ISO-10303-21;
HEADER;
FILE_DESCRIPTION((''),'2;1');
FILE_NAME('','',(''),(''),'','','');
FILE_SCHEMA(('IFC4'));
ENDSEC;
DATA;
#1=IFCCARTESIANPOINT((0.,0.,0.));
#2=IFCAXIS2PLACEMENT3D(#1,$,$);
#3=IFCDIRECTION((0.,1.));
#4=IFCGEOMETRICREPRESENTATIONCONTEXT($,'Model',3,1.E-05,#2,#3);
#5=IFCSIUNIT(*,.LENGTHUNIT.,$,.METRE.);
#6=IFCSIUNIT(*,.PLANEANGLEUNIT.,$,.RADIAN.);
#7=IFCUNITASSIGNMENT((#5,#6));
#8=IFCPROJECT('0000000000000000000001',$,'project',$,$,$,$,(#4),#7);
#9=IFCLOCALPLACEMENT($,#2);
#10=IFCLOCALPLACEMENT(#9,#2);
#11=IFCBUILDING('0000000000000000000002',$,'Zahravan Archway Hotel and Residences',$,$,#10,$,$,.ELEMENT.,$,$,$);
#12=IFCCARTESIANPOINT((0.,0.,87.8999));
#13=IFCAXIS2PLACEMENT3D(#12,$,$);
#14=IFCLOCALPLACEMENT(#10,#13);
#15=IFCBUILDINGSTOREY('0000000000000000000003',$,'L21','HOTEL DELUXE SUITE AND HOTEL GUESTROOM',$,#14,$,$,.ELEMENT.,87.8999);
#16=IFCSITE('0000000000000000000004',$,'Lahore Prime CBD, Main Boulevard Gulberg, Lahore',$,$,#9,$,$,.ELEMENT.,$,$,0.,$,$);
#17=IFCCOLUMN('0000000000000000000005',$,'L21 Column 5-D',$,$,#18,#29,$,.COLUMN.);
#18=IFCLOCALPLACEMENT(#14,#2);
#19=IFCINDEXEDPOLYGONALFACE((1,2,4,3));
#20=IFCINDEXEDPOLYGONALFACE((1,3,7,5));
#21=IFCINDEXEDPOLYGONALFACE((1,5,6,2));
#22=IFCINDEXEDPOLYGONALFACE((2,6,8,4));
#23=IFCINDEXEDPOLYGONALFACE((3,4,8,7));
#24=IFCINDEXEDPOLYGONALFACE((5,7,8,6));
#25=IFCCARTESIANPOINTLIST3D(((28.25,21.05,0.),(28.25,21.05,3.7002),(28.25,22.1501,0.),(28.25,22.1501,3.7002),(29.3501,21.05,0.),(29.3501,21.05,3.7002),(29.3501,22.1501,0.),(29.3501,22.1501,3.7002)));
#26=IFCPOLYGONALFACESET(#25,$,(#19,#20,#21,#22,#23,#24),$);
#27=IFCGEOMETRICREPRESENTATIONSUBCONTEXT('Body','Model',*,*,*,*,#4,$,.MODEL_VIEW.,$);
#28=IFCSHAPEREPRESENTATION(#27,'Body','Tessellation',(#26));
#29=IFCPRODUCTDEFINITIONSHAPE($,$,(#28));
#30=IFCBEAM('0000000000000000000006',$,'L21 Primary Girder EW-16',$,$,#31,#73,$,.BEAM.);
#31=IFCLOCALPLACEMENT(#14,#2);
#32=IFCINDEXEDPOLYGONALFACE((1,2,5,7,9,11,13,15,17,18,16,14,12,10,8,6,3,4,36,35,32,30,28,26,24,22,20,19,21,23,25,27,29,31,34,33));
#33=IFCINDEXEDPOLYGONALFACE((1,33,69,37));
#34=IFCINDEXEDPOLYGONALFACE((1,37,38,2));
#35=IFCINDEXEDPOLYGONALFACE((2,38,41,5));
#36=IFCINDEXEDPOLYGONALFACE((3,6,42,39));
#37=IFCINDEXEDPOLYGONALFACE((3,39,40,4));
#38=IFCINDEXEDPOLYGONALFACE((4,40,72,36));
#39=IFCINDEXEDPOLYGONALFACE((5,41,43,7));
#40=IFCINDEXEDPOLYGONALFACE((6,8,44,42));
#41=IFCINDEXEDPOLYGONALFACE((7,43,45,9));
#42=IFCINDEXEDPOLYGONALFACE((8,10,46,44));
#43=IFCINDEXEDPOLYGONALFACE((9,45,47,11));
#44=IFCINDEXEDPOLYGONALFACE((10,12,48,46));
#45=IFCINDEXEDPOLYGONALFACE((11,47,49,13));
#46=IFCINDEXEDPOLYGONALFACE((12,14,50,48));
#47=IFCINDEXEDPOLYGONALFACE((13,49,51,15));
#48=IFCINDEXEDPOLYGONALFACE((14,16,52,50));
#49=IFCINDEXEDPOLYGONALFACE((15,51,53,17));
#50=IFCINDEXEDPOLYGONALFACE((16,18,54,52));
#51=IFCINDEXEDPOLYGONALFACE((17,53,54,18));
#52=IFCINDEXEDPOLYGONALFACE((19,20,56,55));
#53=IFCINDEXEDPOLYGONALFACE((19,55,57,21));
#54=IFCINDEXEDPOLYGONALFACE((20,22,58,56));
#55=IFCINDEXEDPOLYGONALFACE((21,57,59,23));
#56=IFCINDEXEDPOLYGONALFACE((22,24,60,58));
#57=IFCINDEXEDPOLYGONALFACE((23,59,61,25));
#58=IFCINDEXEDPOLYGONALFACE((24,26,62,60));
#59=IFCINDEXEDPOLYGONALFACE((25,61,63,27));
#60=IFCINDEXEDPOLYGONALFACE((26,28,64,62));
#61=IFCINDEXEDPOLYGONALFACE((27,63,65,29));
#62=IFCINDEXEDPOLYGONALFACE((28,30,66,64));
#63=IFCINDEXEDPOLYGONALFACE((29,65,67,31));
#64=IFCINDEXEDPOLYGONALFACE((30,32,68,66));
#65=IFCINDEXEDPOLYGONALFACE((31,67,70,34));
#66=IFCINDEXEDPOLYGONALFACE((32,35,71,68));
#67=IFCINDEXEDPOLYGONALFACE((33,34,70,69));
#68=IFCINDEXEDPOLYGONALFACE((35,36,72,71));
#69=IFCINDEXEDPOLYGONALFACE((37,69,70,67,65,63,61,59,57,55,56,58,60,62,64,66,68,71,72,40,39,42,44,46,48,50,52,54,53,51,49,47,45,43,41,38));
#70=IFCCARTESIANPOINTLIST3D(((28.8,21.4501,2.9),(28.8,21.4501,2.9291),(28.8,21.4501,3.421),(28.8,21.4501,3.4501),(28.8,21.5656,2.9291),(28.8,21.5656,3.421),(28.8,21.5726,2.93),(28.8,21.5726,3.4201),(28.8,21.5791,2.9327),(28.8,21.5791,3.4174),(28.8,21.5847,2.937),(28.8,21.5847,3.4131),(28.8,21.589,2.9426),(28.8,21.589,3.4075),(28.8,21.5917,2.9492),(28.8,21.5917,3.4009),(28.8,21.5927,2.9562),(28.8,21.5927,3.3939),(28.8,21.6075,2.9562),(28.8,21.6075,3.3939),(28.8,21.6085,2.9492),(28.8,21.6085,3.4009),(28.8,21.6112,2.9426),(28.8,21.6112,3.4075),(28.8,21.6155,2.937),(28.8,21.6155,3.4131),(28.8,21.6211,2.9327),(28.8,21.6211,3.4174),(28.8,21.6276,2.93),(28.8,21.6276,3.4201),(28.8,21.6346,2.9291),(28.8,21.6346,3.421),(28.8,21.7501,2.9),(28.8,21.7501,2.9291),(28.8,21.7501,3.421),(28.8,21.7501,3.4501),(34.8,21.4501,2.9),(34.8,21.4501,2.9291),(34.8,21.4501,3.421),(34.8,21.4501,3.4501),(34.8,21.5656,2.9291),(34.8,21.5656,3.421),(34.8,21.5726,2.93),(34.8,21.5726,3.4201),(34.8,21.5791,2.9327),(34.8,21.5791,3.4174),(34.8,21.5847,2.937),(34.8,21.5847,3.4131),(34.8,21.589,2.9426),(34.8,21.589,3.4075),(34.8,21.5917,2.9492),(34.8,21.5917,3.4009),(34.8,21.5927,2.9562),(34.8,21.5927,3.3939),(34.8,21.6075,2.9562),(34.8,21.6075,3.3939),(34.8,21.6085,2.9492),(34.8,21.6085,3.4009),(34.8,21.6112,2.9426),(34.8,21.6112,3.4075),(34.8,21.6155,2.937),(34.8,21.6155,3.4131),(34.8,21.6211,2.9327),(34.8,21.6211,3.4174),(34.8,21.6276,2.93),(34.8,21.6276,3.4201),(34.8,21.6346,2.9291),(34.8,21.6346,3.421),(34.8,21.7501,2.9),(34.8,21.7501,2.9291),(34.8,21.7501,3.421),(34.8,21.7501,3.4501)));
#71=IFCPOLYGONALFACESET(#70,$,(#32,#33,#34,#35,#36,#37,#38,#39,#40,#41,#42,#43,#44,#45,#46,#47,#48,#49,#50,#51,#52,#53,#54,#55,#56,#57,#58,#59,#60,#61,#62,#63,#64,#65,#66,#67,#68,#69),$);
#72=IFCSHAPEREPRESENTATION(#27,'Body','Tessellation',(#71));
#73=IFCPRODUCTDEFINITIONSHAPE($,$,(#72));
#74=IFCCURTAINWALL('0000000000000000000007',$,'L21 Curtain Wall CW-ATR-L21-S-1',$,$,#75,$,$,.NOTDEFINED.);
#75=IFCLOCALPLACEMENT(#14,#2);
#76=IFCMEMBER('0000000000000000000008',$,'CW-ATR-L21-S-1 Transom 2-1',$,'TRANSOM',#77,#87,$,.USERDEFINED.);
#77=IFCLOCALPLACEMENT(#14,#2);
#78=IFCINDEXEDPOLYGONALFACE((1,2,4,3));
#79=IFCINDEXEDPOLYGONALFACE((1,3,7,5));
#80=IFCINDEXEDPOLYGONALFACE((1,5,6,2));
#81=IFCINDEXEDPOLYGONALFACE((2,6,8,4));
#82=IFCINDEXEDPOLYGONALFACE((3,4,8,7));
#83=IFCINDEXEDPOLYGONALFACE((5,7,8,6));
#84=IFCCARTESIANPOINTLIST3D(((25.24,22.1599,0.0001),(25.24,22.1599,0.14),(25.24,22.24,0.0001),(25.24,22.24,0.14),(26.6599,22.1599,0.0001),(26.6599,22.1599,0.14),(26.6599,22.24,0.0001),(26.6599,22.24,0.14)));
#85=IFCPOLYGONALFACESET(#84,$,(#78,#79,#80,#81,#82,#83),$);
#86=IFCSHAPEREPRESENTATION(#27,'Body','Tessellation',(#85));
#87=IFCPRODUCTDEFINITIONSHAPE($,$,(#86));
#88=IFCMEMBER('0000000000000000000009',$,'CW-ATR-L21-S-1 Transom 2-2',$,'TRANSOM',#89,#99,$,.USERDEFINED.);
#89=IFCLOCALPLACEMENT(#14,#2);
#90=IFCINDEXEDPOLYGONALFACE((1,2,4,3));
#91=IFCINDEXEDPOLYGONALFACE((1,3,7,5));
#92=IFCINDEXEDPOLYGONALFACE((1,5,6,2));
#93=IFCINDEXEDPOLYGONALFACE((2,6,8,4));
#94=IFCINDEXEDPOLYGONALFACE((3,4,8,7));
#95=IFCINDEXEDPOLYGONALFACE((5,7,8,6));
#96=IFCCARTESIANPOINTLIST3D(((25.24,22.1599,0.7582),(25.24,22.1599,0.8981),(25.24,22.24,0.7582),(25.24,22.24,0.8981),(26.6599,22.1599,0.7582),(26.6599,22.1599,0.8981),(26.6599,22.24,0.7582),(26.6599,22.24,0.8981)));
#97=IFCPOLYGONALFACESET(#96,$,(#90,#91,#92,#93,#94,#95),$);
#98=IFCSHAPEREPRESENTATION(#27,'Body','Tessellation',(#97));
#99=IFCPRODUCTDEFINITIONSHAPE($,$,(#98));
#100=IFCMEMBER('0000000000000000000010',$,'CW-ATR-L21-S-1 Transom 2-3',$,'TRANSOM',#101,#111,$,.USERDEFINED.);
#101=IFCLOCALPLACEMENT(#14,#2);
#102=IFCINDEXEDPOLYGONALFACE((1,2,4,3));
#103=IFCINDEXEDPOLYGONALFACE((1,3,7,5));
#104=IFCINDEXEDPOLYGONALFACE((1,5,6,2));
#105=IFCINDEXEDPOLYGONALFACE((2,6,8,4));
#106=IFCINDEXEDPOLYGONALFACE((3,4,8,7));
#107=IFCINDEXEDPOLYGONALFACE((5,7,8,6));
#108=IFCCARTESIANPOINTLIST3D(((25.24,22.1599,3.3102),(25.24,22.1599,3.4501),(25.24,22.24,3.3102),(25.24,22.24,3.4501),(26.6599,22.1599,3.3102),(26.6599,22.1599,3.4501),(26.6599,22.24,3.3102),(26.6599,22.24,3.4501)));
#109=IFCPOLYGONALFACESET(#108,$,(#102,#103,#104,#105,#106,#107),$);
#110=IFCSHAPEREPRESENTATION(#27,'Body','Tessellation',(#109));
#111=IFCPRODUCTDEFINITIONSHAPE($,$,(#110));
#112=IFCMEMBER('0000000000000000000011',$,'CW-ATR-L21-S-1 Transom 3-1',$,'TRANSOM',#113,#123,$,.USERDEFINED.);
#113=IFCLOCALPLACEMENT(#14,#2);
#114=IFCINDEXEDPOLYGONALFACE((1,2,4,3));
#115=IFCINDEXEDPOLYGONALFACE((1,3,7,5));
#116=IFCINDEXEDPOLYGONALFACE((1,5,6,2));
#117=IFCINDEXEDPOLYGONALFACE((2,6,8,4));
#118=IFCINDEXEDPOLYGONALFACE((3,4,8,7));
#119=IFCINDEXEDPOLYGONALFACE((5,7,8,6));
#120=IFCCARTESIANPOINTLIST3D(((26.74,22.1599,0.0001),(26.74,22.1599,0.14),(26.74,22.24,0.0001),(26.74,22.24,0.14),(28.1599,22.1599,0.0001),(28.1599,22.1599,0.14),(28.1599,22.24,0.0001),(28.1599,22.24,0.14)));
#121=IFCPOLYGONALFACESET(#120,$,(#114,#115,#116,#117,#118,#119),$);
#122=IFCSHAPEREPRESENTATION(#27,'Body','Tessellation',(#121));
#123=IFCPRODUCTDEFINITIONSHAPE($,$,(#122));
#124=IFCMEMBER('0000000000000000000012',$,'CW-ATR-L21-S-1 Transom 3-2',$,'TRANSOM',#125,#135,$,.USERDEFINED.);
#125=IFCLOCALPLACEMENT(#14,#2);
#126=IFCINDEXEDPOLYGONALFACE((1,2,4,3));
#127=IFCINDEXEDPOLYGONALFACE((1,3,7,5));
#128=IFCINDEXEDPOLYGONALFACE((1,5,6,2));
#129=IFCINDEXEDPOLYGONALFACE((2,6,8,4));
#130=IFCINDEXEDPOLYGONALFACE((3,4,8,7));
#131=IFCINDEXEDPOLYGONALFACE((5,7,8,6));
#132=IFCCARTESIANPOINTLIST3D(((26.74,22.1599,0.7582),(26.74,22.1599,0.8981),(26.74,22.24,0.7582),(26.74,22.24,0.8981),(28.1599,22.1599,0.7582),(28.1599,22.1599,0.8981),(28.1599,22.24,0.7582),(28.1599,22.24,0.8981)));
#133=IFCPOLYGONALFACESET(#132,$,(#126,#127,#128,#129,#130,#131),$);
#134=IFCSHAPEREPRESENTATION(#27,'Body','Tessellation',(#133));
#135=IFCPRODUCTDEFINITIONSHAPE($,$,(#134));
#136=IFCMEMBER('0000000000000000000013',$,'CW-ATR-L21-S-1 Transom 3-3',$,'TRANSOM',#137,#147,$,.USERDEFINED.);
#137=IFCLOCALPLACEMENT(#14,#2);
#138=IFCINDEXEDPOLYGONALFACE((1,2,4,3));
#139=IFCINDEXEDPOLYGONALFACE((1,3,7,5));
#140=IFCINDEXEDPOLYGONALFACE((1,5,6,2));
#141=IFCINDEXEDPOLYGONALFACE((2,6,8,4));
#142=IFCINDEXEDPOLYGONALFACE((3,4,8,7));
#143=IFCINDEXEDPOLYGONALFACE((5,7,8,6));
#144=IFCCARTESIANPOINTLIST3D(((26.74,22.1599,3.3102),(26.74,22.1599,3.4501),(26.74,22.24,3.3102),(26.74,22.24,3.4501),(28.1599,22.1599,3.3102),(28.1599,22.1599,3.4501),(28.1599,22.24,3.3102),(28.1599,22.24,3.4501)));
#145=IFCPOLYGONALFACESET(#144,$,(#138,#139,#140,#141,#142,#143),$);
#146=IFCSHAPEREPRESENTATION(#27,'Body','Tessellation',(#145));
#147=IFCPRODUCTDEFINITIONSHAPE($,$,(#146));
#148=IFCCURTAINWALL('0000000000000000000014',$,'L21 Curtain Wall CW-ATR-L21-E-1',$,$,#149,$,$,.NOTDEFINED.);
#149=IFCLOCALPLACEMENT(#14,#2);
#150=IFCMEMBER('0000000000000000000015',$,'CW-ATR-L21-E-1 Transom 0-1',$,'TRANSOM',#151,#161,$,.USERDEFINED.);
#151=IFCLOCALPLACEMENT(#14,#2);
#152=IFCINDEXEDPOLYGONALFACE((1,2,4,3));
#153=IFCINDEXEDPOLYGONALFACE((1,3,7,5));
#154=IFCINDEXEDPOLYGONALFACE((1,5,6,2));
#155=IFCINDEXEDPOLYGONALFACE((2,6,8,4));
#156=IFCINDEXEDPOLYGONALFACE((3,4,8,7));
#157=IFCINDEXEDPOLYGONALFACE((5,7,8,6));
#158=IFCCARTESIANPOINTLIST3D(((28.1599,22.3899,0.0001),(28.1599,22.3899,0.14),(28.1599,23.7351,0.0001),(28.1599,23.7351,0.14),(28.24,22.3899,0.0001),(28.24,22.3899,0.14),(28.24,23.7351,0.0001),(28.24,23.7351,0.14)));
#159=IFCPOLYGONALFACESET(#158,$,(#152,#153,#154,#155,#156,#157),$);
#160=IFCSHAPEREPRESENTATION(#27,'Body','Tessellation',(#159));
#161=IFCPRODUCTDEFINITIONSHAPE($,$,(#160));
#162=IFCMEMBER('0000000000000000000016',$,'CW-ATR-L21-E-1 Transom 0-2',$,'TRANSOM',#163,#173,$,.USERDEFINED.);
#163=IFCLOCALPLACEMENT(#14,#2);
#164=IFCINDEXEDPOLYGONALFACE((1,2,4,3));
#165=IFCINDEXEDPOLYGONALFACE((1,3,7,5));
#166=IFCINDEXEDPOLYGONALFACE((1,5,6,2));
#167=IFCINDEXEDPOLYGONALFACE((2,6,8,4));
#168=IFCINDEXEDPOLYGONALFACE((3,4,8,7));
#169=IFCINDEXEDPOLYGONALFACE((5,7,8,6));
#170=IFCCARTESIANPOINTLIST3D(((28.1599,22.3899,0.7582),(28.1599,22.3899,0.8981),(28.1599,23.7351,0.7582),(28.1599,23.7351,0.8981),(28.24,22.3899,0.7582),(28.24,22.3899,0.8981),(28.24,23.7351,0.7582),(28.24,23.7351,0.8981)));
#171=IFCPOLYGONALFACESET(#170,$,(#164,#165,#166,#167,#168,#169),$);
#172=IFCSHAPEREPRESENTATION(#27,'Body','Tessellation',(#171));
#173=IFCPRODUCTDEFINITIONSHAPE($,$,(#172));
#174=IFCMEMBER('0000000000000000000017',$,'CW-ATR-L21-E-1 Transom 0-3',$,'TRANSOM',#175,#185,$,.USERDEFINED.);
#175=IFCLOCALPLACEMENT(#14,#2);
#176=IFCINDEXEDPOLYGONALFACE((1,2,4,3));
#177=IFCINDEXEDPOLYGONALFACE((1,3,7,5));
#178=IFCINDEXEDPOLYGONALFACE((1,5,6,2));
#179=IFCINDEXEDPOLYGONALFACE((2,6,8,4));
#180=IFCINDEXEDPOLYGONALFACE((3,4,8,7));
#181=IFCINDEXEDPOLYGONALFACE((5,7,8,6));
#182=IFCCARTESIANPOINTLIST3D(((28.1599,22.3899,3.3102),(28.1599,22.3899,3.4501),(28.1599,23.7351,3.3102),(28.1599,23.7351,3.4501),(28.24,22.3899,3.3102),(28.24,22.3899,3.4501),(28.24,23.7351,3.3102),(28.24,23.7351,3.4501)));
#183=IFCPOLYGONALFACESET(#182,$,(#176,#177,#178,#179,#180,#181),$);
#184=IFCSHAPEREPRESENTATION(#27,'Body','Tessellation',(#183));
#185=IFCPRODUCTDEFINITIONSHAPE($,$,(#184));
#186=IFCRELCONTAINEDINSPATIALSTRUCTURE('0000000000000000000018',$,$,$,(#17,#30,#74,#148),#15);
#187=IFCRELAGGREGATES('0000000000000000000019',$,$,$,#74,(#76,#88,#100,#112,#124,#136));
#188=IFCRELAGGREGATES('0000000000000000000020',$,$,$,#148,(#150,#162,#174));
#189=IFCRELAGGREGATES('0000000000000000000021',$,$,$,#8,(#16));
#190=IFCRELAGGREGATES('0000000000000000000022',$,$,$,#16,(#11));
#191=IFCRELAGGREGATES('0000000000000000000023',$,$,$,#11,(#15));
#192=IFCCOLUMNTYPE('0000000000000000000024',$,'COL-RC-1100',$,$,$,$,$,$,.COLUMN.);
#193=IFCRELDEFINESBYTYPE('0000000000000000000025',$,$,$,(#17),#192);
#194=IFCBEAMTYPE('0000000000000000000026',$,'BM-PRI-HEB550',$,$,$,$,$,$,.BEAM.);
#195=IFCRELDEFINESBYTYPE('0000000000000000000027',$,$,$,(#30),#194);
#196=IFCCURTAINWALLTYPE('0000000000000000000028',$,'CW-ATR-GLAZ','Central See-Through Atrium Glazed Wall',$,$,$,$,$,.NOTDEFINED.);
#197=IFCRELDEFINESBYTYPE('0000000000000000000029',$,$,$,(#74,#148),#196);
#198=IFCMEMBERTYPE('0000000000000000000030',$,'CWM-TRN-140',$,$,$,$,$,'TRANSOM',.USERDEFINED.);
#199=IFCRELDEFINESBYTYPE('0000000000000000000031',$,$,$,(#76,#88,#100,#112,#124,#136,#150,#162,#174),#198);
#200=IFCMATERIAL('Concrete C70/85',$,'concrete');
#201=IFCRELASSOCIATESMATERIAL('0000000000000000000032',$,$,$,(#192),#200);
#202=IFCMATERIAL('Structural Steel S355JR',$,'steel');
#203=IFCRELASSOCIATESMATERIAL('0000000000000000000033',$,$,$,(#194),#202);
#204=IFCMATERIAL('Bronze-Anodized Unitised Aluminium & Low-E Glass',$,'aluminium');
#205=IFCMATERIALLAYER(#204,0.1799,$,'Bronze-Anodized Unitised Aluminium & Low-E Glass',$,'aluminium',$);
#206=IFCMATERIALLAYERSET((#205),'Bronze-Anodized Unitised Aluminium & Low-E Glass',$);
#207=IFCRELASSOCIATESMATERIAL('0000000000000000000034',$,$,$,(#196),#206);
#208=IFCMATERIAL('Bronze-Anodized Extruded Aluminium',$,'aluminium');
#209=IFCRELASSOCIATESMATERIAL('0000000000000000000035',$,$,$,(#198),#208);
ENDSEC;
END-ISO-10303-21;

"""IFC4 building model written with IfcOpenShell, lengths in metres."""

from ifc_helpers import new_model, si_unit, direction, frame, origin, origin_2d, place, context, subcontext, project, spatial, rectangle, i_section, extrude, source, transform, mapped, material, layer, layer_set, material_profile, profile_set, type_object, element, aggregate, save


model = new_model("IFC4")

# Units and contexts
model_context = context("Model", 3, precision=1e-05, world=origin(), true_north=direction((0.0, 1.0)))
body_context = subcontext(model_context, "Body", "Model", "MODEL_VIEW")
ifc_project = project(units=[si_unit("LENGTHUNIT", "METRE"), si_unit("PLANEANGLEUNIT", "RADIAN")], contexts=[model_context])

# Site, building, storey
site_placement = place(None, origin())
site = spatial("IfcSite", under=ifc_project, at=site_placement, Name="Lahore Prime CBD, Main Boulevard Gulberg, Lahore", CompositionType="ELEMENT", RefElevation=0.0)
building_placement = place(site_placement, origin())
building = spatial("IfcBuilding", under=site, at=building_placement, Name="Zahravan Archway Hotel and Residences", CompositionType="ELEMENT")
storey_placement = place(building_placement, frame((0.0, 0.0, 87.8999)))
storey = spatial("IfcBuildingStorey", under=building, at=storey_placement, Name="L21", Description="HOTEL DELUXE SUITE AND HOTEL GUESTROOM", CompositionType="ELEMENT", Elevation=87.8999)

# Column
ifc_material_1 = material(Name="Concrete C70/85", Category="concrete")
ifc_material_profile_1 = material_profile(ifc_material_1, rectangle(XDim=1.1001, YDim=1.1001, at=origin_2d()), Name="RC 1100x1100", Category="concrete")
ifc_profile_set_1 = profile_set([ifc_material_profile_1], Name="Concrete C70/85")
column_type = type_object("IfcColumnType", Name="COL-RC-1100", PredefinedType="COLUMN", material=ifc_profile_set_1)
shared_shape_1 = source(origin(), body_context, "Body", "SweptSolid", [
    extrude(rectangle(XDim=1.1001, YDim=1.1001, at=origin_2d()), origin(), (0.0, 0.0, 1.0), 3.7002),
])
column_placement = place(storey_placement, frame((28.8, 21.6001, 0.0), z_axis=(0.0, 0.0, 1.0), x_axis=(1.0, 0.0, 0.0)))
element("IfcColumn", 1, at=column_placement, inside=storey, type_object=column_type, Name="L21 Column 5-D", PredefinedType="COLUMN", context=body_context, shape_type="MappedRepresentation", body=[
    mapped(shared_shape_1, transform((0.0, 0.0, 0.0), scale=1.0)),
])

# Beam
ifc_material_2 = material(Name="Structural Steel S355JR", Category="steel")
ifc_material_profile_2 = material_profile(ifc_material_2, i_section(OverallWidth=0.3, OverallDepth=0.55, WebThickness=0.0149, FlangeThickness=0.0291, FilletRadius=0.0271, at=origin_2d()), Name="HEB 550", Category="steel")
ifc_profile_set_2 = profile_set([ifc_material_profile_2], Name="Structural Steel S355JR")
beam_type = type_object("IfcBeamType", Name="BM-PRI-HEB550", PredefinedType="BEAM", material=ifc_profile_set_2)
shared_shape_2 = source(origin(), body_context, "Body", "SweptSolid", [
    extrude(i_section(OverallWidth=0.3, OverallDepth=0.55, WebThickness=0.0149, FlangeThickness=0.0291, FilletRadius=0.0271, at=origin_2d()), origin(), (0.0, 0.0, 1.0), 6.0),
])
beam_placement = place(storey_placement, frame((28.8, 21.6001, 3.175), z_axis=(1.0, 0.0, 0.0), x_axis=(0.0, 1.0, 0.0)))
element("IfcBeam", 2, at=beam_placement, inside=storey, type_object=beam_type, Name="L21 Primary Girder EW-16", PredefinedType="BEAM", context=body_context, shape_type="MappedRepresentation", body=[
    mapped(shared_shape_2, transform((0.0, 0.0, 0.0), scale=1.0)),
])

# Curtain walls, members
ifc_material_3 = material(Name="Bronze-Anodized Unitised Aluminium & Low-E Glass", Category="aluminium")
ifc_layer_1 = layer(ifc_material_3, 0.1799, Name="Bronze-Anodized Unitised Aluminium & Low-E Glass", Category="aluminium")
ifc_layer_set_1 = layer_set([ifc_layer_1], Name="Bronze-Anodized Unitised Aluminium & Low-E Glass")
curtain_wall_type = type_object("IfcCurtainWallType", Name="CW-ATR-GLAZ", Description="Central See-Through Atrium Glazed Wall", PredefinedType="NOTDEFINED", material=ifc_layer_set_1)
curtain_wall_1_placement = place(storey_placement, origin())
curtain_wall_1 = element("IfcCurtainWall", 3, at=curtain_wall_1_placement, inside=storey, type_object=curtain_wall_type, Name="L21 Curtain Wall CW-ATR-L21-S-1", PredefinedType="NOTDEFINED")
ifc_material_4 = material(Name="Bronze-Anodized Extruded Aluminium", Category="aluminium")
ifc_material_profile_3 = material_profile(ifc_material_4, rectangle(XDim=0.0801, YDim=0.1399, at=origin_2d()), Name="TRN 80x140", Category="aluminium")
ifc_profile_set_3 = profile_set([ifc_material_profile_3], Name="Bronze-Anodized Extruded Aluminium")
member_type_1 = type_object("IfcMemberType", Name="CWM-TRN-140", ElementType="TRANSOM", PredefinedType="USERDEFINED", material=ifc_profile_set_3)
shared_shape_3 = source(origin(), body_context, "Body", "SweptSolid", [
    extrude(rectangle(XDim=0.0801, YDim=0.1399, at=origin_2d()), origin(), (0.0, 0.0, 1.0), 1.4199),
])
member_1_placement = place(storey_placement, frame((25.24, 22.2, 0.0701), z_axis=(1.0, 0.0, 0.0), x_axis=(0.0, 1.0, 0.0)))
member_1 = element("IfcMember", 4, at=member_1_placement, type_object=member_type_1, Name="CW-ATR-L21-S-1 Transom 2-1", ObjectType="TRANSOM", PredefinedType="USERDEFINED", context=body_context, shape_type="MappedRepresentation", body=[
    mapped(shared_shape_3, transform((0.0, 0.0, 0.0), scale=1.0)),
])
member_2_placement = place(storey_placement, frame((25.24, 22.2, 0.8281), z_axis=(1.0, 0.0, 0.0), x_axis=(0.0, 1.0, 0.0)))
member_2 = element("IfcMember", 5, at=member_2_placement, type_object=member_type_1, Name="CW-ATR-L21-S-1 Transom 2-2", ObjectType="TRANSOM", PredefinedType="USERDEFINED", context=body_context, shape_type="MappedRepresentation", body=[
    mapped(shared_shape_3, transform((0.0, 0.0, 0.0), scale=1.0)),
])
member_3_placement = place(storey_placement, frame((25.24, 22.2, 3.3801), z_axis=(1.0, 0.0, 0.0), x_axis=(0.0, 1.0, 0.0)))
member_3 = element("IfcMember", 6, at=member_3_placement, type_object=member_type_1, Name="CW-ATR-L21-S-1 Transom 2-3", ObjectType="TRANSOM", PredefinedType="USERDEFINED", context=body_context, shape_type="MappedRepresentation", body=[
    mapped(shared_shape_3, transform((0.0, 0.0, 0.0), scale=1.0)),
])
member_4_placement = place(storey_placement, frame((26.74, 22.2, 0.0701), z_axis=(1.0, 0.0, 0.0), x_axis=(0.0, 1.0, 0.0)))
member_4 = element("IfcMember", 7, at=member_4_placement, type_object=member_type_1, Name="CW-ATR-L21-S-1 Transom 3-1", ObjectType="TRANSOM", PredefinedType="USERDEFINED", context=body_context, shape_type="MappedRepresentation", body=[
    mapped(shared_shape_3, transform((0.0, 0.0, 0.0), scale=1.0)),
])
member_5_placement = place(storey_placement, frame((26.74, 22.2, 0.8281), z_axis=(1.0, 0.0, 0.0), x_axis=(0.0, 1.0, 0.0)))
member_5 = element("IfcMember", 8, at=member_5_placement, type_object=member_type_1, Name="CW-ATR-L21-S-1 Transom 3-2", ObjectType="TRANSOM", PredefinedType="USERDEFINED", context=body_context, shape_type="MappedRepresentation", body=[
    mapped(shared_shape_3, transform((0.0, 0.0, 0.0), scale=1.0)),
])
member_6_placement = place(storey_placement, frame((26.74, 22.2, 3.3801), z_axis=(1.0, 0.0, 0.0), x_axis=(0.0, 1.0, 0.0)))
member_6 = element("IfcMember", 9, at=member_6_placement, type_object=member_type_1, Name="CW-ATR-L21-S-1 Transom 3-3", ObjectType="TRANSOM", PredefinedType="USERDEFINED", context=body_context, shape_type="MappedRepresentation", body=[
    mapped(shared_shape_3, transform((0.0, 0.0, 0.0), scale=1.0)),
])
curtain_wall_2_placement = place(storey_placement, origin())
curtain_wall_2 = element("IfcCurtainWall", 10, at=curtain_wall_2_placement, inside=storey, type_object=curtain_wall_type, Name="L21 Curtain Wall CW-ATR-L21-E-1", PredefinedType="NOTDEFINED")
shared_shape_4 = source(origin(), body_context, "Body", "SweptSolid", [
    extrude(rectangle(XDim=0.0801, YDim=0.1399, at=origin_2d()), origin(), (0.0, 0.0, 1.0), 1.3452),
])
member_7_placement = place(storey_placement, frame((28.2, 22.3899, 0.0701), z_axis=(0.0, 1.0, 0.0), x_axis=(-1.0, 0.0, 0.0)))
member_7 = element("IfcMember", 11, at=member_7_placement, type_object=member_type_1, Name="CW-ATR-L21-E-1 Transom 0-1", ObjectType="TRANSOM", PredefinedType="USERDEFINED", context=body_context, shape_type="MappedRepresentation", body=[
    mapped(shared_shape_4, transform((0.0, 0.0, 0.0), scale=1.0)),
])
member_8_placement = place(storey_placement, frame((28.2, 22.3899, 0.8281), z_axis=(0.0, 1.0, 0.0), x_axis=(-1.0, 0.0, 0.0)))
member_8 = element("IfcMember", 12, at=member_8_placement, type_object=member_type_1, Name="CW-ATR-L21-E-1 Transom 0-2", ObjectType="TRANSOM", PredefinedType="USERDEFINED", context=body_context, shape_type="MappedRepresentation", body=[
    mapped(shared_shape_4, transform((0.0, 0.0, 0.0), scale=1.0)),
])
member_9_placement = place(storey_placement, frame((28.2, 22.3899, 3.3801), z_axis=(0.0, 1.0, 0.0), x_axis=(-1.0, 0.0, 0.0)))
member_9 = element("IfcMember", 13, at=member_9_placement, type_object=member_type_1, Name="CW-ATR-L21-E-1 Transom 0-3", ObjectType="TRANSOM", PredefinedType="USERDEFINED", context=body_context, shape_type="MappedRepresentation", body=[
    mapped(shared_shape_4, transform((0.0, 0.0, 0.0), scale=1.0)),
])

aggregate(curtain_wall_1, [member_1, member_2, member_3, member_4, member_5, member_6])
aggregate(curtain_wall_2, [member_7, member_8, member_9])

save(model, "model.ifc")
